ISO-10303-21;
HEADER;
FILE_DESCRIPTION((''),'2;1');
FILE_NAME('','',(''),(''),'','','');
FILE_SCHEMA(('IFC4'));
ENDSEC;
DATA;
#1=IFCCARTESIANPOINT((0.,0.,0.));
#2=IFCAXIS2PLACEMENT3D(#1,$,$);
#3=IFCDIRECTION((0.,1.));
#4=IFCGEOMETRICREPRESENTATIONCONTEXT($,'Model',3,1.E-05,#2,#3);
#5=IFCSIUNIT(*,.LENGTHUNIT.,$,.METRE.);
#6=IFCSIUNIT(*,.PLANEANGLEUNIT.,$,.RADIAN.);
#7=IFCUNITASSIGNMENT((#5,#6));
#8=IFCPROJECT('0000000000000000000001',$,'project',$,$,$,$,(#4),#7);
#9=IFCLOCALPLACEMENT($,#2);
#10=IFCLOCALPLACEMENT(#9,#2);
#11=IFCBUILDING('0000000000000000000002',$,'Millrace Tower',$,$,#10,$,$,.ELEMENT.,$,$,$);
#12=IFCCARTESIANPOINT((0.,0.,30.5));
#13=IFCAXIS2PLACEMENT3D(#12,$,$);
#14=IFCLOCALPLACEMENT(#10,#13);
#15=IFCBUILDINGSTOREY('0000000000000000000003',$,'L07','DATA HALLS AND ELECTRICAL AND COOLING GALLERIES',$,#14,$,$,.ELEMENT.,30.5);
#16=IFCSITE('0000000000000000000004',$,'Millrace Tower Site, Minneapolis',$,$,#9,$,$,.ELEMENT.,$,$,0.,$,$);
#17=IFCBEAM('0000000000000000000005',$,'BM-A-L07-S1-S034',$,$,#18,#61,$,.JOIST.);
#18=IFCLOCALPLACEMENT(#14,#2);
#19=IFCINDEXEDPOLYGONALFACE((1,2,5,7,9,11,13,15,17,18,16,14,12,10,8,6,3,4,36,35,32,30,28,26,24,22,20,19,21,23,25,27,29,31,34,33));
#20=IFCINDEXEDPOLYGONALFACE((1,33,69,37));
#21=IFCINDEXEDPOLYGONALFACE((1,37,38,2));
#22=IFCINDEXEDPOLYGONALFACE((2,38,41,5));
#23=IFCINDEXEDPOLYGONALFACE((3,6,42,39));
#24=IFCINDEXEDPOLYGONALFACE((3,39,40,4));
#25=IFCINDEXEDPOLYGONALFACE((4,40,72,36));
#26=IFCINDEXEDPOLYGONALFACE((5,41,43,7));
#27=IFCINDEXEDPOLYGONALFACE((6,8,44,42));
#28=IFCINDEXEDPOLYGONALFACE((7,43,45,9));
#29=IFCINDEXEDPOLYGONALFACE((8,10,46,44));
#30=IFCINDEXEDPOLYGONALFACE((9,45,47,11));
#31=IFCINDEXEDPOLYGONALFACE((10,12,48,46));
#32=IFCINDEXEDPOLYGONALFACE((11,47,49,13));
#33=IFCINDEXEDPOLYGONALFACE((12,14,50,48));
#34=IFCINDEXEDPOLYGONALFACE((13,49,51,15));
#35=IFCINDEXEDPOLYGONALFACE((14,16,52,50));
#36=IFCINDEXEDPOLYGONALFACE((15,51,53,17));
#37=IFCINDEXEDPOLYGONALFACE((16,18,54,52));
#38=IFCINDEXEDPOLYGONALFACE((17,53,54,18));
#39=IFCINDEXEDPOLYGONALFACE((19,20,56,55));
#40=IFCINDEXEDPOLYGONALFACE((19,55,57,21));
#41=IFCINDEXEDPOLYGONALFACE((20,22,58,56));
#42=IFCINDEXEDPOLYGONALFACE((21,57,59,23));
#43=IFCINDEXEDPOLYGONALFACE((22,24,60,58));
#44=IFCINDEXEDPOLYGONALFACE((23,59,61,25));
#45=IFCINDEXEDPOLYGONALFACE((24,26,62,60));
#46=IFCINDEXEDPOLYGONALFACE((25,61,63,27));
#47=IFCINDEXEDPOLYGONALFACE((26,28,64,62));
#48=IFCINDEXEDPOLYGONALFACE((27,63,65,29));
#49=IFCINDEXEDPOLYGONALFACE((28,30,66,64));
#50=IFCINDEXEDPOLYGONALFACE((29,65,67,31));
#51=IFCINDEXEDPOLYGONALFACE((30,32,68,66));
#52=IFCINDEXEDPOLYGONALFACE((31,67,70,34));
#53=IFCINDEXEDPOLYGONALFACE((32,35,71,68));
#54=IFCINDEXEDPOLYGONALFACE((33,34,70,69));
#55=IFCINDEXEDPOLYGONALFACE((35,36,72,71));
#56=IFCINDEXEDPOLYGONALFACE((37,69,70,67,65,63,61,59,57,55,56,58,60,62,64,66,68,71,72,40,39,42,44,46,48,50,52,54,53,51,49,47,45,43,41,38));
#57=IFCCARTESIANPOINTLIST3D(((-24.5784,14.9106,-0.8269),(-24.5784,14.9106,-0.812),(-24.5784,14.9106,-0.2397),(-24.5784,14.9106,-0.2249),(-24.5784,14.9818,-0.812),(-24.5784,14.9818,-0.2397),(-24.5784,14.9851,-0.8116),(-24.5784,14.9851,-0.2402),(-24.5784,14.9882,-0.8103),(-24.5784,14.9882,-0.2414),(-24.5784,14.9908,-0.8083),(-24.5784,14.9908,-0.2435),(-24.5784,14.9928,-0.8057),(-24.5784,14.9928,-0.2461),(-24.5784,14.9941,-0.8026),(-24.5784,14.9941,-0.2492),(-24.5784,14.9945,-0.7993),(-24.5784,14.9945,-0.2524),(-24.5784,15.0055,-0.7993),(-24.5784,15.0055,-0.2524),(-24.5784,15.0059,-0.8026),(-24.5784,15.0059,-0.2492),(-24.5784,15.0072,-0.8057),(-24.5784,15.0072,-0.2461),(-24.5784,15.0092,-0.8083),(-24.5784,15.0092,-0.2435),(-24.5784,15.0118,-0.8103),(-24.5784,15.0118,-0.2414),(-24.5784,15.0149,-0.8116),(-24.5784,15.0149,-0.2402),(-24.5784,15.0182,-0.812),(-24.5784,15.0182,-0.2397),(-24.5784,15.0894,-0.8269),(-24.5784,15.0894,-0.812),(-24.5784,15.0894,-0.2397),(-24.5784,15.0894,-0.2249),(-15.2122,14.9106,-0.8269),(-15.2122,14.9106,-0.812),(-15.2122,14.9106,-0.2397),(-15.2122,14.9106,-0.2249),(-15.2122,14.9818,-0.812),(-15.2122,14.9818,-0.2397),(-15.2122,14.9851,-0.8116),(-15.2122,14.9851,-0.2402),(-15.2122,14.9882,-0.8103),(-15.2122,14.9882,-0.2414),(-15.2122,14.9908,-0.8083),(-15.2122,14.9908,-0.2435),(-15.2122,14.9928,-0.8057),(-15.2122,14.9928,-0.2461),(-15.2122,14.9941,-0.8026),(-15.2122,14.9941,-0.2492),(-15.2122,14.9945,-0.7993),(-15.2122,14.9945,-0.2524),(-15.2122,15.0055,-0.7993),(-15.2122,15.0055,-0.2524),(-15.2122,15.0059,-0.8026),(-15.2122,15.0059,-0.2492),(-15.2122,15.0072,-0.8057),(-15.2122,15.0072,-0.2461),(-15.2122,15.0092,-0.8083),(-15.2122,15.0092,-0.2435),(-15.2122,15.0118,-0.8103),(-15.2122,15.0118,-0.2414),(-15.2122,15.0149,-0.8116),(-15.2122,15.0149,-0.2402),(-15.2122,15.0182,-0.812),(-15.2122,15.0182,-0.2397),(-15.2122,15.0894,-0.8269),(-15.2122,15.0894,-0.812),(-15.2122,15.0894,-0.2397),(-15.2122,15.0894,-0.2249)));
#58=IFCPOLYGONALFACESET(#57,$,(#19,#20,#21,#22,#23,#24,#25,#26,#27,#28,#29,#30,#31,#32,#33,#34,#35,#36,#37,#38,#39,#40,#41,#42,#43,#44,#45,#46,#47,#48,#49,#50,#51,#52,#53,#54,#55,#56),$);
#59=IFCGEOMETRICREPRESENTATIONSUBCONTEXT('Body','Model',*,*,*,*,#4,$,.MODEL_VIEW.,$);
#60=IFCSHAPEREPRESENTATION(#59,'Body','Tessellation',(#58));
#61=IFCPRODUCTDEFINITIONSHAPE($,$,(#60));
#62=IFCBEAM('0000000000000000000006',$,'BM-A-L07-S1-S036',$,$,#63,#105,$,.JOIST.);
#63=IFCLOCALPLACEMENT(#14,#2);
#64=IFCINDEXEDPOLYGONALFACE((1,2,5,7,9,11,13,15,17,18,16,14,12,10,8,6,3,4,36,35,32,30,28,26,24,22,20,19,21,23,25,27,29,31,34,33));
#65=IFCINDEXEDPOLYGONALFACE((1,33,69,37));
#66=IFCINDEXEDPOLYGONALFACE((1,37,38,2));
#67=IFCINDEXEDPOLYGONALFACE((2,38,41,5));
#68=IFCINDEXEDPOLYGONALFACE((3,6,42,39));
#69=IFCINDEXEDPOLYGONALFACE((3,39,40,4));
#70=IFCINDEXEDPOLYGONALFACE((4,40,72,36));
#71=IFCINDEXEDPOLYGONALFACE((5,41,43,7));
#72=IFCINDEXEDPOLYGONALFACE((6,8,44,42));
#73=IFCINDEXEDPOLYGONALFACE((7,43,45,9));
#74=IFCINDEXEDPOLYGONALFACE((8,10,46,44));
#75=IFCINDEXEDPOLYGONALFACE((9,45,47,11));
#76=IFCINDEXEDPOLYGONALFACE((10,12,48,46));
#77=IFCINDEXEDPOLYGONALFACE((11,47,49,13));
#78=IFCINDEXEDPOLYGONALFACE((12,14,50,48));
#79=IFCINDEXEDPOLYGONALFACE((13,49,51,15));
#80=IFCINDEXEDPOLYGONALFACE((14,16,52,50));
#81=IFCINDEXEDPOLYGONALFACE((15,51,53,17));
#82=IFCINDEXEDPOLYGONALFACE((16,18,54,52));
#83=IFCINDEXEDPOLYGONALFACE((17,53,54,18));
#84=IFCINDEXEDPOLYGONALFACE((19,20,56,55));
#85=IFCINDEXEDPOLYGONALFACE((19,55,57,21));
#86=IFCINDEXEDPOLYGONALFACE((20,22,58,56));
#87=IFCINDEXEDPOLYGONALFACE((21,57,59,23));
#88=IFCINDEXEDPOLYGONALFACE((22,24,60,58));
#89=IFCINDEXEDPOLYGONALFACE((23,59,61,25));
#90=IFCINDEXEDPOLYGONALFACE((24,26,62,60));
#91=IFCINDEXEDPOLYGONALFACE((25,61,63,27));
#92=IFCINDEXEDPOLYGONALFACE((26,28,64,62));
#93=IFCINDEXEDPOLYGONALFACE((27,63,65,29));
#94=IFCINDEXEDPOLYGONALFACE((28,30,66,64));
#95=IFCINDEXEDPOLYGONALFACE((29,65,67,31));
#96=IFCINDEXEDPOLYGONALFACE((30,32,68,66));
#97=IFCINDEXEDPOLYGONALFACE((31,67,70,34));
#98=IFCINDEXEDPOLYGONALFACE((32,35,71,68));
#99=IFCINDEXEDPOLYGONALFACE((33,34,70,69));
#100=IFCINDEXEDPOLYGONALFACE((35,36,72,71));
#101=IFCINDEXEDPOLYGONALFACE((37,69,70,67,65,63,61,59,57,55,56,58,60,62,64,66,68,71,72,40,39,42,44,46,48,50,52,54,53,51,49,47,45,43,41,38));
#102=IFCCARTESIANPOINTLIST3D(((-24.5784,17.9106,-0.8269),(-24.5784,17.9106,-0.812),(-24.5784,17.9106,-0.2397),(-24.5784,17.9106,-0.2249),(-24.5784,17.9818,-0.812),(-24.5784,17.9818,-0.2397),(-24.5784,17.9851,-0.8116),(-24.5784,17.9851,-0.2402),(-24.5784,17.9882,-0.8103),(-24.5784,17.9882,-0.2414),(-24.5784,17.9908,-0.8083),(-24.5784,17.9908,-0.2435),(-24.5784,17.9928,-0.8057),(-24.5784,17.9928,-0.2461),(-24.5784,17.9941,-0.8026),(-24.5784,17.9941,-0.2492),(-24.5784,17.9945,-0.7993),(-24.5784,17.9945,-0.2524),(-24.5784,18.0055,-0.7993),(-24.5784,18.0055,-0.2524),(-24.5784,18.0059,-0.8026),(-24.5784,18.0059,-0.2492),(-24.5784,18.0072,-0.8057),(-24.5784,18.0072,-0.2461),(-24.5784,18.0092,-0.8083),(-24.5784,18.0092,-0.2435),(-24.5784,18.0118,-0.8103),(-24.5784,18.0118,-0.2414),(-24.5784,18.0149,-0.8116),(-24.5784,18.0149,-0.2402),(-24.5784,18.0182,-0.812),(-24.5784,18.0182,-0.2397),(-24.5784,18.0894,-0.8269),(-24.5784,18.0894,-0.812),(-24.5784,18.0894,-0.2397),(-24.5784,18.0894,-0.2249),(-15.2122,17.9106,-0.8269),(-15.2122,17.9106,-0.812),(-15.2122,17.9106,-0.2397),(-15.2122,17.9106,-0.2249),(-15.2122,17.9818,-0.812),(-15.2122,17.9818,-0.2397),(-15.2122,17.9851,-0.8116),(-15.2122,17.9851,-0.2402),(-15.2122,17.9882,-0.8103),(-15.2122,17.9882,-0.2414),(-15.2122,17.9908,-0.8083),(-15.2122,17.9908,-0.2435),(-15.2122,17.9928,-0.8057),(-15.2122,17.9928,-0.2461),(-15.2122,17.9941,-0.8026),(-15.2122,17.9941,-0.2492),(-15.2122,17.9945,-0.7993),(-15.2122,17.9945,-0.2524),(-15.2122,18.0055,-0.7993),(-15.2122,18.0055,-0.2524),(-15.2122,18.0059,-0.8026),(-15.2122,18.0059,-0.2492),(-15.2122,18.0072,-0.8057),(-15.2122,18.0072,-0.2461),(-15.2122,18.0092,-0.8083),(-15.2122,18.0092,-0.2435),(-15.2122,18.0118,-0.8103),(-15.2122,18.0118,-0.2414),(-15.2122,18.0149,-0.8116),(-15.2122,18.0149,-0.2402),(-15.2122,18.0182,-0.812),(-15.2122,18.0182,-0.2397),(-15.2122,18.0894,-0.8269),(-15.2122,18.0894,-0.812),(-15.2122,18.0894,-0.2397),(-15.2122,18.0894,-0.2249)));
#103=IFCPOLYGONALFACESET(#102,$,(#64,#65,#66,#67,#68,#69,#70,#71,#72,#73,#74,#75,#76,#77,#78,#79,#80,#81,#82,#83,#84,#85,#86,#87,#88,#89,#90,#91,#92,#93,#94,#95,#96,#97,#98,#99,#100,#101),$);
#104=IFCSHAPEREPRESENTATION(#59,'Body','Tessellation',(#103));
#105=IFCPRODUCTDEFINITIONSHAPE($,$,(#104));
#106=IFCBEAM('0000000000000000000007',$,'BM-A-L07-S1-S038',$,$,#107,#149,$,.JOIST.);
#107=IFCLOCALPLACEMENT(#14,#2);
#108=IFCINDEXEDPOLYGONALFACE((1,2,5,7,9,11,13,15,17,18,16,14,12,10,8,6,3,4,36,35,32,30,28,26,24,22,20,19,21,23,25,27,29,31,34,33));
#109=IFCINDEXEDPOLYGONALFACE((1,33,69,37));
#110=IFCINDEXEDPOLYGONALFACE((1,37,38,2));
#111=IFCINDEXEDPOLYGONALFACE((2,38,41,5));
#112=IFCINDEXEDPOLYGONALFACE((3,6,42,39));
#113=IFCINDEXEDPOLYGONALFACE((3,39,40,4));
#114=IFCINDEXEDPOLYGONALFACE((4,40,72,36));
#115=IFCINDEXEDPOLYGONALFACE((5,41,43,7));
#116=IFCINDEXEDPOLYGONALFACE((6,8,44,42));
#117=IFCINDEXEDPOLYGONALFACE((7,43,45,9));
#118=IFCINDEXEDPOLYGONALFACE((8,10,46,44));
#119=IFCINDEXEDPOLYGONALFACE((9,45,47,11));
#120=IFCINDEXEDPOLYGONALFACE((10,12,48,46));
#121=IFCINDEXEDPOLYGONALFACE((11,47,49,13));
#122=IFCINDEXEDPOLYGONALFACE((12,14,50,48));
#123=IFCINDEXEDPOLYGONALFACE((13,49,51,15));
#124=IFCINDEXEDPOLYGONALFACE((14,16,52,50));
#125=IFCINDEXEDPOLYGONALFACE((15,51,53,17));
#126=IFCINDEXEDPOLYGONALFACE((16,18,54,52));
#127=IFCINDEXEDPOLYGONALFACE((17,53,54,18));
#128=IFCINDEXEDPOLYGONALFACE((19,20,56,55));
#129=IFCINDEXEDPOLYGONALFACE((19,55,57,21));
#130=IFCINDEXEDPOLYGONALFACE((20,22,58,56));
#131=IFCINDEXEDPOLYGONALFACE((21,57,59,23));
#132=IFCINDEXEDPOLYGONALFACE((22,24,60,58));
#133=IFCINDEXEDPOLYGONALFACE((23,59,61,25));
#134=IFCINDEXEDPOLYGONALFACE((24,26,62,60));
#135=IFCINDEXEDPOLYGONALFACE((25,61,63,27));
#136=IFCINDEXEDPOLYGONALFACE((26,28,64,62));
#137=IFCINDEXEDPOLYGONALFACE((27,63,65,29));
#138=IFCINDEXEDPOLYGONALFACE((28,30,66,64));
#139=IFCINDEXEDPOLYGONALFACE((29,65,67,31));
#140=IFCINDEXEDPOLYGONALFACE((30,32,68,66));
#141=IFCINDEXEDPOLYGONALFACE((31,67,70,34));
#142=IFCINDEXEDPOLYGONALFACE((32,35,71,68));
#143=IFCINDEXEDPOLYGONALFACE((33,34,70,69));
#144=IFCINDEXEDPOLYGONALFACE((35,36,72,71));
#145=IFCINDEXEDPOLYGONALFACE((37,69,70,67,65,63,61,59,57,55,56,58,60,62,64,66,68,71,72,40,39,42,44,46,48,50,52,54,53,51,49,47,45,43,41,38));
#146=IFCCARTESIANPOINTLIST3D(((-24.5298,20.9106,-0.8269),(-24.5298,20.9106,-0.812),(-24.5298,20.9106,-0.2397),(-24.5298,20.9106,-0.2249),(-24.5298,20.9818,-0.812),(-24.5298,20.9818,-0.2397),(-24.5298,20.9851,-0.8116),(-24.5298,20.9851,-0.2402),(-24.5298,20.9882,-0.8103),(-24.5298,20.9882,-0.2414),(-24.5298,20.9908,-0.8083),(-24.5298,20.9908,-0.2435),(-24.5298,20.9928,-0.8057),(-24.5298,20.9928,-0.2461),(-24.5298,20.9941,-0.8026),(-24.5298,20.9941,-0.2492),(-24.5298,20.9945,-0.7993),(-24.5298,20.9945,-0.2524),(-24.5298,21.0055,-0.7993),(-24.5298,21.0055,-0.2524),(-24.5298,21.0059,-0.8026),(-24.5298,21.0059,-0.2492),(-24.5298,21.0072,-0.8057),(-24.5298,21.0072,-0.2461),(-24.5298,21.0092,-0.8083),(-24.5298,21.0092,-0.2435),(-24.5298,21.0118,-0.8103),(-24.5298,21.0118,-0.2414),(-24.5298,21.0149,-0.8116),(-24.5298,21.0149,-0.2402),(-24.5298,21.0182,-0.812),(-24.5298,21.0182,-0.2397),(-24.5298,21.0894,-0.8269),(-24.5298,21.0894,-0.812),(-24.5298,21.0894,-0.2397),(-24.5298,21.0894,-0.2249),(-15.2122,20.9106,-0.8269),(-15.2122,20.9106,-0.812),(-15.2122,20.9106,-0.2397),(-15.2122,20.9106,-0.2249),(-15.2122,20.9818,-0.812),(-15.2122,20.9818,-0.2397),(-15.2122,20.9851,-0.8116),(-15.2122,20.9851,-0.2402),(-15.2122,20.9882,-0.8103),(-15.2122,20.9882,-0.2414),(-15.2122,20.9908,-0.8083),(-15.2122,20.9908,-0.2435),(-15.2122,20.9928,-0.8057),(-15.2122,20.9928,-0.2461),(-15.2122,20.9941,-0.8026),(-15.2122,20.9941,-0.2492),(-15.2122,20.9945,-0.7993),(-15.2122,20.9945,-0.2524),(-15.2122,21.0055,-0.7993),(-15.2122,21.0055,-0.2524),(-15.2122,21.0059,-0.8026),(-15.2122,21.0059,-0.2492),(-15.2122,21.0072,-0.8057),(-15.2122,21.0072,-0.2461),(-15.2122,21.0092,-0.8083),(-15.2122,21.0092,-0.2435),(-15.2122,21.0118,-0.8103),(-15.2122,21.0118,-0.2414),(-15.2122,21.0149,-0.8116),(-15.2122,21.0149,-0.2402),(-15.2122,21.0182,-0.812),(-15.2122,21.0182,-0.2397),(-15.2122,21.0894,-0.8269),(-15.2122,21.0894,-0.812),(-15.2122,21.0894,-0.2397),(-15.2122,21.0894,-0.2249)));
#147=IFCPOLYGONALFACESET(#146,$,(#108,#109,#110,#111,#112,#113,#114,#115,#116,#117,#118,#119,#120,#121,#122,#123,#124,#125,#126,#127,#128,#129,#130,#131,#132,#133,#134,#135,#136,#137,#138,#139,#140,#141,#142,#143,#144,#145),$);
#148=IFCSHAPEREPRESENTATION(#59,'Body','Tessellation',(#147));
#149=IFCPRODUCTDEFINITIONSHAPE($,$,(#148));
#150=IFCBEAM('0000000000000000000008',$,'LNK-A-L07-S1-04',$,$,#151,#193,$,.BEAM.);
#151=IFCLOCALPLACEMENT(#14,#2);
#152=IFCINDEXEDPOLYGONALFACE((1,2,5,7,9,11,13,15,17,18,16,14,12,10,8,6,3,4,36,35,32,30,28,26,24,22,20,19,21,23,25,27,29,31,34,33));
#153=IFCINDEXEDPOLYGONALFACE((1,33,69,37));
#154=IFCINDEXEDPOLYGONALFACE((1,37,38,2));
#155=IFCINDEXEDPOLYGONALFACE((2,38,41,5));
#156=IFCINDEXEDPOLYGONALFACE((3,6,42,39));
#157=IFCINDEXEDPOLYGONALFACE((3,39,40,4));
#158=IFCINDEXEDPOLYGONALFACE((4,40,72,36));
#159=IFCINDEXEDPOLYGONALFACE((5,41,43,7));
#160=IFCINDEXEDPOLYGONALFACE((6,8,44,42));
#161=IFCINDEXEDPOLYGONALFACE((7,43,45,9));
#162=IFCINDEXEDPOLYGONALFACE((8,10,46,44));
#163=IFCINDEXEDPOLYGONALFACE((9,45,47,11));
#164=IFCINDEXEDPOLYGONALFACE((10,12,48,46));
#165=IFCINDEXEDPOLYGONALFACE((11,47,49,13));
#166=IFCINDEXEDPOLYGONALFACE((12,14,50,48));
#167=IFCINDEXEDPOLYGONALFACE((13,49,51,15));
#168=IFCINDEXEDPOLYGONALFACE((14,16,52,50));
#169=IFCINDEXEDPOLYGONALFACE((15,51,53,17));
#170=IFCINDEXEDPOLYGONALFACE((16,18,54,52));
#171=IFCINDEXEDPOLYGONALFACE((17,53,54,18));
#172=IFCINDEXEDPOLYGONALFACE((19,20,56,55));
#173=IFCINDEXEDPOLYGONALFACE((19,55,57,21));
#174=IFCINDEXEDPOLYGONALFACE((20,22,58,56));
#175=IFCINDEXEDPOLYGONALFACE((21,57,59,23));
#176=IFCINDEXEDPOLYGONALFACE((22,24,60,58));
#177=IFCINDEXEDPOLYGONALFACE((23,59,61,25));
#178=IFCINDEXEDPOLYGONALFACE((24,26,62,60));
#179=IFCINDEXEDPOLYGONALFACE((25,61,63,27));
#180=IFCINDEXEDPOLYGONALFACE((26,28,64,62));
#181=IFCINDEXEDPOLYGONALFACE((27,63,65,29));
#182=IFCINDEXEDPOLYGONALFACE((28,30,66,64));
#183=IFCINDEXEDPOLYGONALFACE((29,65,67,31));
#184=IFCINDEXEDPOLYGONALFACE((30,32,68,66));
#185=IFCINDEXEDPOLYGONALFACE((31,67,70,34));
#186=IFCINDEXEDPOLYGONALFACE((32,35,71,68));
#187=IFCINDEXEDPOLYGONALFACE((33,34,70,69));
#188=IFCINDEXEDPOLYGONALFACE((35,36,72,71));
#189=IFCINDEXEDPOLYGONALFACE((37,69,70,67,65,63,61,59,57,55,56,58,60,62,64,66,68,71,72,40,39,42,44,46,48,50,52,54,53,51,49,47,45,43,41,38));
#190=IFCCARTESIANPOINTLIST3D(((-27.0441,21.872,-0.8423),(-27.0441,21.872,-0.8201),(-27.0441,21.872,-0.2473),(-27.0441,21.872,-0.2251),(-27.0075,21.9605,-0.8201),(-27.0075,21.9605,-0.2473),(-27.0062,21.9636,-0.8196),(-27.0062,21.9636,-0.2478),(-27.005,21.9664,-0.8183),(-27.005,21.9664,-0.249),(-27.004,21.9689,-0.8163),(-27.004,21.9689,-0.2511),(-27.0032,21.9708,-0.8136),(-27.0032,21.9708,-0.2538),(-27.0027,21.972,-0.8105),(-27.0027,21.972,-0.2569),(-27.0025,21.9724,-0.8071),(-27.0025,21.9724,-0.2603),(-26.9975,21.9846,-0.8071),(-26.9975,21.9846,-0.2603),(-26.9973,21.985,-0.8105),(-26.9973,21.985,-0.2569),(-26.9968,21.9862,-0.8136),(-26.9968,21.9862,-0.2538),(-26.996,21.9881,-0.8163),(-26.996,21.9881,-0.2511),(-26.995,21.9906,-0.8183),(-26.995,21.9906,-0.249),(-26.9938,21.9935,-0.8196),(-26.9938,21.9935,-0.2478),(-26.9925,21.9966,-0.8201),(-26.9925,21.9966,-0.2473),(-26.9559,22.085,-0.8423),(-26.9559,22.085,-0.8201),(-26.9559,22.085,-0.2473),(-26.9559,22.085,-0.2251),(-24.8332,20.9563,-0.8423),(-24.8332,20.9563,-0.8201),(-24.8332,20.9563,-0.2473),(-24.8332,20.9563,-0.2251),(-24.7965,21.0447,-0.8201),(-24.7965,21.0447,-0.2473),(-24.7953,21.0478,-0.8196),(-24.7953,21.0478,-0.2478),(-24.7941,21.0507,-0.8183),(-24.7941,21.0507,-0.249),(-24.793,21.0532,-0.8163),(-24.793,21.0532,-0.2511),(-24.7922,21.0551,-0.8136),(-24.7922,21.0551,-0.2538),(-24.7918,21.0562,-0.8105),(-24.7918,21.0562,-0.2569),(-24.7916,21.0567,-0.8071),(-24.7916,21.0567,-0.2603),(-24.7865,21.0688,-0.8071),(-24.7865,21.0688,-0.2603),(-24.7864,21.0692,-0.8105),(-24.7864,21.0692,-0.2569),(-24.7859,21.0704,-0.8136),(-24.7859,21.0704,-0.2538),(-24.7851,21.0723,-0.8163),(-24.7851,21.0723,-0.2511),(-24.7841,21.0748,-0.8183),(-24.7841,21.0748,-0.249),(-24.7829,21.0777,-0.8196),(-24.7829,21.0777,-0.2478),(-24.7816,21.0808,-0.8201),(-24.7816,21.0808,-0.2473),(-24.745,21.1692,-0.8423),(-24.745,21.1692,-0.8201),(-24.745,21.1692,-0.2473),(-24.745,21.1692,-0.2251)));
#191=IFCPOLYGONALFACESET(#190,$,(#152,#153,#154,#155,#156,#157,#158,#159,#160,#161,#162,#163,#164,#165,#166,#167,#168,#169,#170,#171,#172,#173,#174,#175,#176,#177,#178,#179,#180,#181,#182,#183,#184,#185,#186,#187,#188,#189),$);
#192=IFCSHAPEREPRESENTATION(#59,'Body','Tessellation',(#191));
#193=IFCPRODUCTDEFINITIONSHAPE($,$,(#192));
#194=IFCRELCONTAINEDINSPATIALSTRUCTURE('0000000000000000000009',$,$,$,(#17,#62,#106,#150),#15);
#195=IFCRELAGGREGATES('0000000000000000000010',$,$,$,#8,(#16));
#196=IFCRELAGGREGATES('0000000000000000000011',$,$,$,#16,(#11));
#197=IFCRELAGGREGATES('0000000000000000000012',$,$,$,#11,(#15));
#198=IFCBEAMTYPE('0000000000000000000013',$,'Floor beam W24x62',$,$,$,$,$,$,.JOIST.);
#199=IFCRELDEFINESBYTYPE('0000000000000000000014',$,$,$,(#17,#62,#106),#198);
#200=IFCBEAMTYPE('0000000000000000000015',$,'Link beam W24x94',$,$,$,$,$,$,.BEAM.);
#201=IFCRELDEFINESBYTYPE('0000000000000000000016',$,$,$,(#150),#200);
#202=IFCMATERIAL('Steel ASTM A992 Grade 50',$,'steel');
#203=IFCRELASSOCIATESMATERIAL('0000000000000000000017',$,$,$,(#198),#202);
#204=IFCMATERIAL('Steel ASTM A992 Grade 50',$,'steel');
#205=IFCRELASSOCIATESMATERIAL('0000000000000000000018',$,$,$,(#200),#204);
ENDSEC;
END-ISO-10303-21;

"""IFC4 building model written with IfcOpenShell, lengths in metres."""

from ifc_helpers import new_model, si_unit, direction, frame, origin, origin_2d, place, context, subcontext, project, spatial, i_section, extrude, material, material_profile, profile_set, type_object, element, save


model = new_model("IFC4")

# Units and contexts
model_context = context("Model", 3, precision=1e-05, world=origin(), true_north=direction((0.0, 1.0)))
body_context = subcontext(model_context, "Body", "Model", "MODEL_VIEW")
ifc_project = project(units=[si_unit("LENGTHUNIT", "METRE"), si_unit("PLANEANGLEUNIT", "RADIAN")], contexts=[model_context])

# Site, building, storey
site_placement = place(None, origin())
site = spatial("IfcSite", under=ifc_project, at=site_placement, Name="Millrace Tower Site, Minneapolis", CompositionType="ELEMENT", RefElevation=0.0)
building_placement = place(site_placement, origin())
building = spatial("IfcBuilding", under=site, at=building_placement, Name="Millrace Tower", CompositionType="ELEMENT")
storey_placement = place(building_placement, frame((0.0, 0.0, 30.5)))
storey = spatial("IfcBuildingStorey", under=building, at=storey_placement, Name="L07", Description="DATA HALLS AND ELECTRICAL AND COOLING GALLERIES", CompositionType="ELEMENT", Elevation=30.5)

# Beams
ifc_material_1 = material(Name="Steel ASTM A992 Grade 50", Category="steel")
ifc_material_profile_1 = material_profile(ifc_material_1, i_section(OverallWidth=0.1787, OverallDepth=0.6021, WebThickness=0.011, FlangeThickness=0.0149, FilletRadius=0.0127, at=origin_2d()))
ifc_profile_set_1 = profile_set([ifc_material_profile_1], Name="Steel ASTM A992 Grade 50")
beam_type_1 = type_object("IfcBeamType", Name="Floor beam W24x62", PredefinedType="JOIST", material=ifc_profile_set_1)
for number, where, z_axis, x_axis, name in (
    (1, (-24.5784, 15.0, -0.5259), (1.0, 0.0, 0.0), (0.0, 1.0, 0.0), "BM-A-L07-S1-S034"),
    (2, (-24.5784, 18.0, -0.5259), (1.0, 0.0, 0.0), (0.0, 1.0, 0.0), "BM-A-L07-S1-S036"),
):
    element("IfcBeam", number, at=place(storey_placement, frame(where, z_axis=z_axis, x_axis=x_axis)), inside=storey, type_object=beam_type_1, Name=name, PredefinedType="JOIST", context=body_context, shape_type="SweptSolid", body=[
        extrude(i_section(OverallWidth=0.1787, OverallDepth=0.6021, WebThickness=0.011, FlangeThickness=0.0149, FilletRadius=0.0127, at=origin_2d()), origin(), (0.0, 0.0, 1.0), 9.3662),
    ])
beam_1_placement = place(storey_placement, frame((-24.5298, 21.0, -0.5259), z_axis=(1.0, 0.0, 0.0), x_axis=(0.0, 1.0, 0.0)))
element("IfcBeam", 3, at=beam_1_placement, inside=storey, type_object=beam_type_1, Name="BM-A-L07-S1-S038", PredefinedType="JOIST", context=body_context, shape_type="SweptSolid", body=[
    extrude(i_section(OverallWidth=0.1787, OverallDepth=0.6021, WebThickness=0.011, FlangeThickness=0.0149, FilletRadius=0.0127, at=origin_2d()), origin(), (0.0, 0.0, 1.0), 9.3176),
])
ifc_material_2 = material(Name="Steel ASTM A992 Grade 50", Category="steel")
ifc_material_profile_2 = material_profile(ifc_material_2, i_section(OverallWidth=0.2305, OverallDepth=0.6172, WebThickness=0.0132, FlangeThickness=0.0222, FilletRadius=0.0129, at=origin_2d()))
ifc_profile_set_2 = profile_set([ifc_material_profile_2], Name="Steel ASTM A992 Grade 50")
beam_type_2 = type_object("IfcBeamType", Name="Link beam W24x94", PredefinedType="BEAM", material=ifc_profile_set_2)
for number, where, z_axis, x_axis, name in (
    (4, (-24.7891, 21.0627, -0.5337), (-0.923884, 0.382673, 0.0), (-0.382673, -0.923884, 0.0), "LNK-A-L07-S1-04"),
):
    element("IfcBeam", number, at=place(storey_placement, frame(where, z_axis=z_axis, x_axis=x_axis)), inside=storey, type_object=beam_type_2, Name=name, PredefinedType="BEAM", context=body_context, shape_type="SweptSolid", body=[
        extrude(i_section(OverallWidth=0.2305, OverallDepth=0.6172, WebThickness=0.0132, FlangeThickness=0.0222, FilletRadius=0.0129, at=origin_2d()), origin(), (0.0, 0.0, 1.0), 2.3931),
    ])

save(model, "model.ifc")
